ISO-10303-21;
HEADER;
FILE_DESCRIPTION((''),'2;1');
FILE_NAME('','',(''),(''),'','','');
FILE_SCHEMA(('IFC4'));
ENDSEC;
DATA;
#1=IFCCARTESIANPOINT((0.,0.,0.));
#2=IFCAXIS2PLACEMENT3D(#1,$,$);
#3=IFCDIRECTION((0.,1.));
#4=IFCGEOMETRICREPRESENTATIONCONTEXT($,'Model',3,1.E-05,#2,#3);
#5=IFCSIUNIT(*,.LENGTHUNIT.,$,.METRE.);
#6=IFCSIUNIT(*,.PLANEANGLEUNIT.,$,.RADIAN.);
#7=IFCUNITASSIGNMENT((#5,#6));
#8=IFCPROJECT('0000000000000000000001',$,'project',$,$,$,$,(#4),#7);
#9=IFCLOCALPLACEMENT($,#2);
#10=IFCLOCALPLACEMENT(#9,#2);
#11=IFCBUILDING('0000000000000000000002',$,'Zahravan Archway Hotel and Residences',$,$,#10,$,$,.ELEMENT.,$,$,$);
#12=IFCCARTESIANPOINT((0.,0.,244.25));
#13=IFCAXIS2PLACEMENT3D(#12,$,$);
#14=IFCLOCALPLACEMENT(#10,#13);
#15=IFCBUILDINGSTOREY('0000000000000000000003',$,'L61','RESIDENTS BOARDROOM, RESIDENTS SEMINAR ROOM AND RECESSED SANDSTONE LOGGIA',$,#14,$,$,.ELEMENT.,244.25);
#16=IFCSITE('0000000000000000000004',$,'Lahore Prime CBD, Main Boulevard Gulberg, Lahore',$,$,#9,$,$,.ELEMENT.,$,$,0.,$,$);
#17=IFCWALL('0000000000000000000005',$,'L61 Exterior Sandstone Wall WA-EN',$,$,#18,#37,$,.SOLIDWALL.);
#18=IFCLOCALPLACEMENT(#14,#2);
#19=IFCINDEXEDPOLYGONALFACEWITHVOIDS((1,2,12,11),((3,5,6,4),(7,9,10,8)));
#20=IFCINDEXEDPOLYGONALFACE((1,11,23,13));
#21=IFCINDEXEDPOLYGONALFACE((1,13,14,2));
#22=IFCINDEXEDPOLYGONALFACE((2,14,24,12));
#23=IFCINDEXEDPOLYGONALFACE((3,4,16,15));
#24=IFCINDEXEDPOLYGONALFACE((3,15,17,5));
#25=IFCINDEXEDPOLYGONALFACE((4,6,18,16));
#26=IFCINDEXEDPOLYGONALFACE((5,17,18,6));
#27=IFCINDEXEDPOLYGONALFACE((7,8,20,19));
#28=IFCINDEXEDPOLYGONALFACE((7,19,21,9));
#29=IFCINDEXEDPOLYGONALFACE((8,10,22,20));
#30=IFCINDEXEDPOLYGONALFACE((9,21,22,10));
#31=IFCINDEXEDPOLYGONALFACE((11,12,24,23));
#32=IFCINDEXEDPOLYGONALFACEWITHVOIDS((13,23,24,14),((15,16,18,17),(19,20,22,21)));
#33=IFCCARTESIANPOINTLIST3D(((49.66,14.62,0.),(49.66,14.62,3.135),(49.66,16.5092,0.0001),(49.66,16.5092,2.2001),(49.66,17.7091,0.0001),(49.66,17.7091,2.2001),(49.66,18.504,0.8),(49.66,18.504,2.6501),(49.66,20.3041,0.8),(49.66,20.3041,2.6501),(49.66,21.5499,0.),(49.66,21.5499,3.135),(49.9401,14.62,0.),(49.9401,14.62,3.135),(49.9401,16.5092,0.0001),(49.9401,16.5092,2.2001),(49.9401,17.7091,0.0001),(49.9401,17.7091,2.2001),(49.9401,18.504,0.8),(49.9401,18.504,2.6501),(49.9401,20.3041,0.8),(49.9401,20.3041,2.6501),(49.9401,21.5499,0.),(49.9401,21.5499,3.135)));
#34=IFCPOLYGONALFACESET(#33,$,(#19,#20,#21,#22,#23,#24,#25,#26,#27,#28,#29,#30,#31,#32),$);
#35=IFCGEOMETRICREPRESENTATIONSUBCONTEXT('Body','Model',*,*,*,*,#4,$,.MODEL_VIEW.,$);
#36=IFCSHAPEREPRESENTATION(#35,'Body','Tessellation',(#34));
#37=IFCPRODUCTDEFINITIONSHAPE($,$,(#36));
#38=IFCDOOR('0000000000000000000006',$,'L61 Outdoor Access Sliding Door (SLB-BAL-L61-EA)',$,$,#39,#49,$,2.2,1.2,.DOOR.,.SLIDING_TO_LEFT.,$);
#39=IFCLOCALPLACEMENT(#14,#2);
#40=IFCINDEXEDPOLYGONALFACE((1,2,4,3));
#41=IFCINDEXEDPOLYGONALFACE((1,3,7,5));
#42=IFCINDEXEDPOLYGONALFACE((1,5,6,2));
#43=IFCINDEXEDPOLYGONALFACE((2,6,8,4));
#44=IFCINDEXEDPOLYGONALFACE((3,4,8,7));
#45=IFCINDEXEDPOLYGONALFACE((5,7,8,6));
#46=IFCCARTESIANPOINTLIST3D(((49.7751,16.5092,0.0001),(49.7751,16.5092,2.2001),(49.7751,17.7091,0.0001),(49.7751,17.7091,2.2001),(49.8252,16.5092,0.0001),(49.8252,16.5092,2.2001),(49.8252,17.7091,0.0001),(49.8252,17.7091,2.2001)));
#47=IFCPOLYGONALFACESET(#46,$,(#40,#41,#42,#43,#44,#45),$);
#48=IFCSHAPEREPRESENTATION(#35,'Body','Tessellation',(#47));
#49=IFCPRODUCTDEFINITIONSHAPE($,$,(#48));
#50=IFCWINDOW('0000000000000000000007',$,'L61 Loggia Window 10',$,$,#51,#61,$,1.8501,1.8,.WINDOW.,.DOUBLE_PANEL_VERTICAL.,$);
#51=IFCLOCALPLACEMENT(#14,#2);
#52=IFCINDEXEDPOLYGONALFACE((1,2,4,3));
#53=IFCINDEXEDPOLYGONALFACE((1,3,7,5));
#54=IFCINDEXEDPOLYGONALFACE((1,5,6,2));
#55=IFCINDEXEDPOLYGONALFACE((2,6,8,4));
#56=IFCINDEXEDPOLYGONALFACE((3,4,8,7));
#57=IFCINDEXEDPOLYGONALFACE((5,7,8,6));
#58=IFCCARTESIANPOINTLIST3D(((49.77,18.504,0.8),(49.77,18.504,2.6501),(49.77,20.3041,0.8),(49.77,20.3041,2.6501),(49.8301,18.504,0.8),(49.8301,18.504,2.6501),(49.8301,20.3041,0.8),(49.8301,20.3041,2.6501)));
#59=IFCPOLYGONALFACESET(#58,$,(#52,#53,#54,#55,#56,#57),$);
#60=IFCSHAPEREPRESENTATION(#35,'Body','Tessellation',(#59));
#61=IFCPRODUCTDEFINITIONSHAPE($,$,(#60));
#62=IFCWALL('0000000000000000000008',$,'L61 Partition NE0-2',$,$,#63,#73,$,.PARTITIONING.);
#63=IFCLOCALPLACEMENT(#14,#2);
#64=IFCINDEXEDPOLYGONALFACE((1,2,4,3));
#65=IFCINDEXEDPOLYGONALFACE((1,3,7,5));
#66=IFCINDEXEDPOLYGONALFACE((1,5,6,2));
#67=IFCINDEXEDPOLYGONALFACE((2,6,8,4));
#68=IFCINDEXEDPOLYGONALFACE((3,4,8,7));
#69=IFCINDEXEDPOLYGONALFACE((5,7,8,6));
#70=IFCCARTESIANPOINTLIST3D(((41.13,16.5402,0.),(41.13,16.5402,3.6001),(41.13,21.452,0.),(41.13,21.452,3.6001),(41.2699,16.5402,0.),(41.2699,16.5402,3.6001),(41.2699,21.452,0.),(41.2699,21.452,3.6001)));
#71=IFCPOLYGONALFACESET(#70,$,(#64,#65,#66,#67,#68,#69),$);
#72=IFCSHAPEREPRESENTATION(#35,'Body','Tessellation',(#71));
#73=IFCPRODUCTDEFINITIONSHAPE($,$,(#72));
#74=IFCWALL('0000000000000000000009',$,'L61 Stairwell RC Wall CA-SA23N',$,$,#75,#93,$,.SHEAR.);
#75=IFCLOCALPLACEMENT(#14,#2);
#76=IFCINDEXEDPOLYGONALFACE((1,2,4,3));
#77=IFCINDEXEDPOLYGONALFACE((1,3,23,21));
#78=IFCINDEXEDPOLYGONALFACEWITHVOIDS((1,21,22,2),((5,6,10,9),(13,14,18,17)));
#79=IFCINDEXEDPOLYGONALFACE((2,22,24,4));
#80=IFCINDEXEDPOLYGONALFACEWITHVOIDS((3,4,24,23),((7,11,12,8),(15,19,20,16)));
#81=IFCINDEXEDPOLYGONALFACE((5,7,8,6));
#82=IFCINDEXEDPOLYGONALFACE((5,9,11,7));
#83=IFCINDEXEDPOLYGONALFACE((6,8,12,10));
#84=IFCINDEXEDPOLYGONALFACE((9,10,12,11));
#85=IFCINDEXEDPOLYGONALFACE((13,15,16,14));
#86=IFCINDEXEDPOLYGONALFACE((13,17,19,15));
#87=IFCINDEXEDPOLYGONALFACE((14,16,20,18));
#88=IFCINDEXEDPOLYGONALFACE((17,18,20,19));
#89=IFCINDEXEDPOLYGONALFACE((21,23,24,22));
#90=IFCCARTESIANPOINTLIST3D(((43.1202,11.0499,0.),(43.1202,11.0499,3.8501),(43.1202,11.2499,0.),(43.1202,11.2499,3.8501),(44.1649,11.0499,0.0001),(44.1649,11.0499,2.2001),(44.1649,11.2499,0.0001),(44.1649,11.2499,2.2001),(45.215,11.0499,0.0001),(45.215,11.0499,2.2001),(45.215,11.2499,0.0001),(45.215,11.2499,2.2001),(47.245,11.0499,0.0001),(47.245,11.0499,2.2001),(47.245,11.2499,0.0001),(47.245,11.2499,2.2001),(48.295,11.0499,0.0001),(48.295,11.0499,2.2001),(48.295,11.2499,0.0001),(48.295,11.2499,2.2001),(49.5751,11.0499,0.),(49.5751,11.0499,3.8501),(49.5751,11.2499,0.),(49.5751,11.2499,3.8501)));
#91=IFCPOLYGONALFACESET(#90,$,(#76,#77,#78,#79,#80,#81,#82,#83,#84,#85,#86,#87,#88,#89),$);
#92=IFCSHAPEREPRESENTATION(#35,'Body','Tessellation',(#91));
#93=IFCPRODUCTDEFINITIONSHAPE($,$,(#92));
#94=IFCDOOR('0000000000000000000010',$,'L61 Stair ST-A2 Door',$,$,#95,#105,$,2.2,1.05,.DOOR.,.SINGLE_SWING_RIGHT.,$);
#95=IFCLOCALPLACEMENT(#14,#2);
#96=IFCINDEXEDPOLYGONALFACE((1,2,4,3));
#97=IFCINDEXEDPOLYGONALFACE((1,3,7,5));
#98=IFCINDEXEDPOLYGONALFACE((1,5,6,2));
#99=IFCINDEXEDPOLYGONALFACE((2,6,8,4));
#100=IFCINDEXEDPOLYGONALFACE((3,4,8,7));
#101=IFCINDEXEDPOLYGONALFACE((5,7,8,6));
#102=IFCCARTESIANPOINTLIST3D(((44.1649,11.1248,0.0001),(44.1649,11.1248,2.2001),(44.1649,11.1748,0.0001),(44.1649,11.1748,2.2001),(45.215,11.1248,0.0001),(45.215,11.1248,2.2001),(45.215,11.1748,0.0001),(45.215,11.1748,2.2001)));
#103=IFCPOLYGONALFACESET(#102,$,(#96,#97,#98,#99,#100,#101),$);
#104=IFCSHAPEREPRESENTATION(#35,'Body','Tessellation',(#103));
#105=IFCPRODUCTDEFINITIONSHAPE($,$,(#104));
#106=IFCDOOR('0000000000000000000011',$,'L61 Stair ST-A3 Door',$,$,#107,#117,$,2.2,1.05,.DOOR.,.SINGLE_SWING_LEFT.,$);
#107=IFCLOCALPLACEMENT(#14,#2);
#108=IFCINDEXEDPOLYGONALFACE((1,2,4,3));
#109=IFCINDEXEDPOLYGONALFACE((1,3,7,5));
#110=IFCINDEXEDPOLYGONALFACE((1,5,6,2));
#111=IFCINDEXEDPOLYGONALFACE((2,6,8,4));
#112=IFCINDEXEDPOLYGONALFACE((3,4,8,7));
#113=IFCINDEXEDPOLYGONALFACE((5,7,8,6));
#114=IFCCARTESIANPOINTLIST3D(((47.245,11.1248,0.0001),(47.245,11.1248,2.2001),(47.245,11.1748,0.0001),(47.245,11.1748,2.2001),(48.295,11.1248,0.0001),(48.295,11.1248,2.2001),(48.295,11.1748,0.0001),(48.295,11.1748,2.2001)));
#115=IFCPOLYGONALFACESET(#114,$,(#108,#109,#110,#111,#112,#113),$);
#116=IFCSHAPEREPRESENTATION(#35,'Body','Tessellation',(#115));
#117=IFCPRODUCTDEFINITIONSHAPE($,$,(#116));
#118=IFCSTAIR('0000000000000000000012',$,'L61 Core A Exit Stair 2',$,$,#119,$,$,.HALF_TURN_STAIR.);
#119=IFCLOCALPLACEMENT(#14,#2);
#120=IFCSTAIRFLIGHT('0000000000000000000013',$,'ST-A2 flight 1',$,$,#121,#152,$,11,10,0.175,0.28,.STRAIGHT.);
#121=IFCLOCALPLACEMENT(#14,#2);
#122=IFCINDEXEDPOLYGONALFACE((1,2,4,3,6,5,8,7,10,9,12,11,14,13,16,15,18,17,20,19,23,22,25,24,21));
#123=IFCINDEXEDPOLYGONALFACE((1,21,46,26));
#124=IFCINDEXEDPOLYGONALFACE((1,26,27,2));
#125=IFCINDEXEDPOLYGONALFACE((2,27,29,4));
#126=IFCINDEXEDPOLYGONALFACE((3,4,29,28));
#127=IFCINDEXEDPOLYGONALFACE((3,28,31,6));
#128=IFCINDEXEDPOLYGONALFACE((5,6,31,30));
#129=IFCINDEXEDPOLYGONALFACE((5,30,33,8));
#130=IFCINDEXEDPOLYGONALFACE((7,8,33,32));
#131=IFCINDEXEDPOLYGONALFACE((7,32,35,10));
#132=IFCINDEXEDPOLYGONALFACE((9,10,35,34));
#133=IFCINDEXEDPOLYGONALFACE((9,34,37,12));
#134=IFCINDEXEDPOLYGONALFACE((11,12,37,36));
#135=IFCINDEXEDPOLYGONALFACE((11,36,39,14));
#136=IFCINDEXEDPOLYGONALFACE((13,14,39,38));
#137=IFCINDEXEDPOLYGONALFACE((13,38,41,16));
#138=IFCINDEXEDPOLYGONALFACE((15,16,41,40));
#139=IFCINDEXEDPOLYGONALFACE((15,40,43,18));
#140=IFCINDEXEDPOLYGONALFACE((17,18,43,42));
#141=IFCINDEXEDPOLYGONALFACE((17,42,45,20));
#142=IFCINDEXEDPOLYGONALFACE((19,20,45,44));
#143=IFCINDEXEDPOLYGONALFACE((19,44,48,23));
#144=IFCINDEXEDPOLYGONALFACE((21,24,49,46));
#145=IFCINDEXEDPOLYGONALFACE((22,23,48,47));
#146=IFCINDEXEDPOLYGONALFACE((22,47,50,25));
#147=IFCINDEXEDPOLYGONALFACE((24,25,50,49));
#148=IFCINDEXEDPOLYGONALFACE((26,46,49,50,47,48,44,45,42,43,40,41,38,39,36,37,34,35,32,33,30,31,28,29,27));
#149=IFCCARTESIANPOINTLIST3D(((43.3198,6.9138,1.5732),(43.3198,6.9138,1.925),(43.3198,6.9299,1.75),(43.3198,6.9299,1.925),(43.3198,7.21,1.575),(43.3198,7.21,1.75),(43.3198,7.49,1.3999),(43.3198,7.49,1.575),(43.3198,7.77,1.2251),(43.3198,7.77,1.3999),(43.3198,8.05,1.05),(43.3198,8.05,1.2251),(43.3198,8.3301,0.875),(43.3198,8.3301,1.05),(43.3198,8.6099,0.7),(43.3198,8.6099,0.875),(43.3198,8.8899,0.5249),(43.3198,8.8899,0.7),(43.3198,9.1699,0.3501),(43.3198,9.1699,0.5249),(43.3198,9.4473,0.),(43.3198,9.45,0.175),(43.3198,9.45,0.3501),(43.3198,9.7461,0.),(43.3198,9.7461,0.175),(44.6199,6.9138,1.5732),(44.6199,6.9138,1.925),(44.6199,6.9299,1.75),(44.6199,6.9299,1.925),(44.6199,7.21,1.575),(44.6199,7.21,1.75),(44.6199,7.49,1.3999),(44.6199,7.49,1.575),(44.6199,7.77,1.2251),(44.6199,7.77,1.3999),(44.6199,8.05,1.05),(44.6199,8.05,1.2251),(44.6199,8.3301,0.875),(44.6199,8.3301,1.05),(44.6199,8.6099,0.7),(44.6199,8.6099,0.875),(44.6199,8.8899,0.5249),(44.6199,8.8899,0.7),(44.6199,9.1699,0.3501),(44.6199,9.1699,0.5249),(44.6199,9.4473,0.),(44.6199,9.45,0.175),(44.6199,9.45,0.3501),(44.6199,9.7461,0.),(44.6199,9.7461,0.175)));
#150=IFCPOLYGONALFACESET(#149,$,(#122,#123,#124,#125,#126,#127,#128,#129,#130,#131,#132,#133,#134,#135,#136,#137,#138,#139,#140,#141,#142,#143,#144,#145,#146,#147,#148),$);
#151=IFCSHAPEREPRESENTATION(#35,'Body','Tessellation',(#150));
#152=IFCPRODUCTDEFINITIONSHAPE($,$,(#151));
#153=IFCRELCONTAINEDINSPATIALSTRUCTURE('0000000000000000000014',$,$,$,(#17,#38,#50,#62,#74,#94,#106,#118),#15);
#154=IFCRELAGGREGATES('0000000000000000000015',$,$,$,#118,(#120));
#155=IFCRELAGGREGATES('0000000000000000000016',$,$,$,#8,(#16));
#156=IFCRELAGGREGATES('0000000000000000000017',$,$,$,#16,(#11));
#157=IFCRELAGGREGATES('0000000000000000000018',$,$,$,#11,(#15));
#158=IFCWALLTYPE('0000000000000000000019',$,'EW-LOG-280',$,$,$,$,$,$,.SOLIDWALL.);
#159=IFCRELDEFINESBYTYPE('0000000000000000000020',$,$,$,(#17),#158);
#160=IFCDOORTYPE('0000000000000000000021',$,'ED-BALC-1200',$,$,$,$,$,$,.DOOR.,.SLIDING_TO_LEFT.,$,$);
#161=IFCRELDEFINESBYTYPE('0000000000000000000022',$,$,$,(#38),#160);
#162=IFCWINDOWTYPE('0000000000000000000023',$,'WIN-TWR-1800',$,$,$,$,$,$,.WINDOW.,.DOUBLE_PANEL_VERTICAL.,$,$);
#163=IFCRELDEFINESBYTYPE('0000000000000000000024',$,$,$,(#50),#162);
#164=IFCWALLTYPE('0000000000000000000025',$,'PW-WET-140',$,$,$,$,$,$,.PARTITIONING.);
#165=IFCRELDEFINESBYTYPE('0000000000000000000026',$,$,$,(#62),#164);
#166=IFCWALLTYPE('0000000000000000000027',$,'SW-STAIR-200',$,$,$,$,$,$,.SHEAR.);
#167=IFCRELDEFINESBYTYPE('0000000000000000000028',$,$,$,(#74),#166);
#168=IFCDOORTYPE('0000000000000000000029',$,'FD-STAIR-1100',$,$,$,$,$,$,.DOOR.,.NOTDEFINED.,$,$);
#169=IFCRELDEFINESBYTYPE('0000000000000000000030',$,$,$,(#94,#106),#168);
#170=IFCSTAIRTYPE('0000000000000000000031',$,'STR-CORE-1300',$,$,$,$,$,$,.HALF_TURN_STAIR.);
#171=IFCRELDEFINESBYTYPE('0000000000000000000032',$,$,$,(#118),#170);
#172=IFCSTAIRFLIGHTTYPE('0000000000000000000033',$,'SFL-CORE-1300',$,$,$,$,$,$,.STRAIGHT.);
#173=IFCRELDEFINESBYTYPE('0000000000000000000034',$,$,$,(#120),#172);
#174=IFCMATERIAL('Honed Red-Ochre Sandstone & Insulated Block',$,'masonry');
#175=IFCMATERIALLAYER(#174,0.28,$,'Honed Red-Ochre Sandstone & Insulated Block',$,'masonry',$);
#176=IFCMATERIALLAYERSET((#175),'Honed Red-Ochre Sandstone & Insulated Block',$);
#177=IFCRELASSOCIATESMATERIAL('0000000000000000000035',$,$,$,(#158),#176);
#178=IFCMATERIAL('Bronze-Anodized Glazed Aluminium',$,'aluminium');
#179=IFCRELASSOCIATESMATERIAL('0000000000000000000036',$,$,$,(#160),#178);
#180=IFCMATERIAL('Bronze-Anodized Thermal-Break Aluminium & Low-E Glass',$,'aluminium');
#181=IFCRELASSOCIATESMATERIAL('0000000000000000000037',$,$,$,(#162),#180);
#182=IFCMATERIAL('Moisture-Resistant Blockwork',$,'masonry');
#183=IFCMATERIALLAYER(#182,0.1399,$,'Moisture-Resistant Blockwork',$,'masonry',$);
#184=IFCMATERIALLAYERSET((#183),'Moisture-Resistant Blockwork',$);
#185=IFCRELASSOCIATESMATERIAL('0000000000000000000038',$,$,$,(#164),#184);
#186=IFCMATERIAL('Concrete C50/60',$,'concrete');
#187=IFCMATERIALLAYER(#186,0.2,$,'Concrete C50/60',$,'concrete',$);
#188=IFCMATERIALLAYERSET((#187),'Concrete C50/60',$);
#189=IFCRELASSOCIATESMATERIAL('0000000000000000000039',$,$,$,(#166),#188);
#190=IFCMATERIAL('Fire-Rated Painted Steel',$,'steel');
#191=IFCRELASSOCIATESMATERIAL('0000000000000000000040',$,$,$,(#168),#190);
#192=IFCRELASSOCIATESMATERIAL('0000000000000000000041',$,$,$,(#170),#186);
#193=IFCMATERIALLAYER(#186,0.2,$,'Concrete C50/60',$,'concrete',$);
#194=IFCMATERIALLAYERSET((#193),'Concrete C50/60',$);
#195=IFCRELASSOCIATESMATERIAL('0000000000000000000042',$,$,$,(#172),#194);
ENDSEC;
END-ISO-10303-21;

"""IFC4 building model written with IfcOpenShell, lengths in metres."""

from ifc_helpers import new_model, si_unit, direction, frame, frame_2d, origin, place, context, subcontext, project, spatial, polyline, rectangle, outline, extrude, source, transform, mapped, material, layer, layer_set, type_object, type_shapes, element, fill, aggregate, save


model = new_model("IFC4")

# Units and contexts
model_context = context("Model", 3, precision=1e-05, world=origin(), true_north=direction((0.0, 1.0)))
body_context = subcontext(model_context, "Body", "Model", "MODEL_VIEW")
ifc_project = project(units=[si_unit("LENGTHUNIT", "METRE"), si_unit("PLANEANGLEUNIT", "RADIAN")], contexts=[model_context])

# Site, building, storey
site_placement = place(None, origin())
site = spatial("IfcSite", under=ifc_project, at=site_placement, Name="Lahore Prime CBD, Main Boulevard Gulberg, Lahore", CompositionType="ELEMENT", RefElevation=0.0)
building_placement = place(site_placement, origin())
building = spatial("IfcBuilding", under=site, at=building_placement, Name="Zahravan Archway Hotel and Residences", CompositionType="ELEMENT")
storey_placement = place(building_placement, frame((0.0, 0.0, 244.25)))
storey = spatial("IfcBuildingStorey", under=building, at=storey_placement, Name="L61", Description="RESIDENTS BOARDROOM, RESIDENTS SEMINAR ROOM AND RECESSED SANDSTONE LOGGIA", CompositionType="ELEMENT", Elevation=244.25)

# Wall, openings, door, window
ifc_material_1 = material(Name="Honed Red-Ochre Sandstone & Insulated Block", Category="masonry")
ifc_layer_1 = layer(ifc_material_1, 0.28, Name="Honed Red-Ochre Sandstone & Insulated Block", Category="masonry")
ifc_layer_set_1 = layer_set([ifc_layer_1], Name="Honed Red-Ochre Sandstone & Insulated Block")
wall_type_1 = type_object("IfcWallType", Name="EW-LOG-280", PredefinedType="SOLIDWALL", material=ifc_layer_set_1)
wall_1_placement = place(storey_placement, frame((49.8, 14.6201, 0.0), z_axis=(0.0, 0.0, 1.0), x_axis=(0.0, 1.0, 0.0)))
wall_1 = element("IfcWall", 1, at=wall_1_placement, inside=storey, type_object=wall_type_1, Name="L61 Exterior Sandstone Wall WA-EN", PredefinedType="SOLIDWALL", context=body_context, shape_type="SweptSolid", body=[
    extrude(rectangle(XDim=6.9299, YDim=0.28, at=frame_2d((3.4648, 0.0))), origin(), (0.0, 0.0, 1.0), 3.135),
])
opening_1_placement = place(wall_1_placement, frame((1.8889, 0.0, 0.0)))
opening_1 = element("IfcOpeningElement", 2, at=opening_1_placement, cuts=wall_1, PredefinedType="OPENING", context=body_context, shape_type="SweptSolid", body=[
    extrude(rectangle(XDim=1.2, YDim=2.2, at=frame_2d((0.6001, 1.1001))), frame((0.0, 0.1499, 0.0), z_axis=(0.0, -1.0, 0.0), x_axis=(1.0, 0.0, 0.0)), (0.0, 0.0, 1.0), 0.3),
])
opening_2_placement = place(wall_1_placement, frame((3.884, 0.0, 0.8)))
opening_2 = element("IfcOpeningElement", 3, at=opening_2_placement, cuts=wall_1, PredefinedType="OPENING", context=body_context, shape_type="SweptSolid", body=[
    extrude(rectangle(XDim=1.8, YDim=1.8501, at=frame_2d((0.8999, 0.925))), frame((0.0, 0.1499, 0.0), z_axis=(0.0, -1.0, 0.0), x_axis=(1.0, 0.0, 0.0)), (0.0, 0.0, 1.0), 0.3),
])
ifc_material_2 = material(Name="Bronze-Anodized Glazed Aluminium", Category="aluminium")
door_type_1 = type_object("IfcDoorType", Name="ED-BALC-1200", OperationType="SLIDING_TO_LEFT", PredefinedType="DOOR", material=ifc_material_2)
shared_shape_1 = source(origin(), body_context, "Body", "SweptSolid", [
    extrude(rectangle(XDim=1.2, YDim=2.2, at=frame_2d((0.6001, 1.1001))), frame((0.0, 0.0249, 0.0), z_axis=(0.0, -1.0, 0.0), x_axis=(1.0, 0.0, 0.0)), (0.0, 0.0, 1.0), 0.05),
])
type_shapes(door_type_1, [shared_shape_1])
door_1_placement = place(opening_1_placement, origin())
door_1 = element("IfcDoor", 4, at=door_1_placement, inside=storey, type_object=door_type_1, Name="L61 Outdoor Access Sliding Door (SLB-BAL-L61-EA)", OperationType="SLIDING_TO_LEFT", OverallHeight=2.2, OverallWidth=1.2, PredefinedType="DOOR", context=body_context, shape_type="MappedRepresentation", body=[
    mapped(shared_shape_1, transform((0.0, 0.0, 0.0), scale=1.0)),
])
fill(opening_1, door_1)
ifc_material_3 = material(Name="Bronze-Anodized Thermal-Break Aluminium & Low-E Glass", Category="aluminium")
window_type = type_object("IfcWindowType", Name="WIN-TWR-1800", PartitioningType="DOUBLE_PANEL_VERTICAL", PredefinedType="WINDOW", material=ifc_material_3)
shared_shape_2 = source(origin(), body_context, "Body", "SweptSolid", [
    extrude(rectangle(XDim=1.8, YDim=1.8501, at=frame_2d((0.8999, 0.925))), frame((0.0, 0.03, 0.0), z_axis=(0.0, -1.0, 0.0), x_axis=(1.0, 0.0, 0.0)), (0.0, 0.0, 1.0), 0.0601),
])
type_shapes(window_type, [shared_shape_2])
window_placement = place(opening_2_placement, origin())
window = element("IfcWindow", 5, at=window_placement, inside=storey, type_object=window_type, Name="L61 Loggia Window 10", OverallHeight=1.8501, OverallWidth=1.8, PartitioningType="DOUBLE_PANEL_VERTICAL", PredefinedType="WINDOW", context=body_context, shape_type="MappedRepresentation", body=[
    mapped(shared_shape_2, transform((0.0, 0.0, 0.0), scale=1.0)),
])
fill(opening_2, window)

# Shared definitions
ifc_material_4 = material(Name="Fire-Rated Painted Steel", Category="steel")

# Wall
ifc_material_5 = material(Name="Moisture-Resistant Blockwork", Category="masonry")
ifc_layer_2 = layer(ifc_material_5, 0.1399, Name="Moisture-Resistant Blockwork", Category="masonry")
ifc_layer_set_2 = layer_set([ifc_layer_2], Name="Moisture-Resistant Blockwork")
wall_type_2 = type_object("IfcWallType", Name="PW-WET-140", PredefinedType="PARTITIONING", material=ifc_layer_set_2)
wall_2_placement = place(storey_placement, frame((41.2, 16.54, 0.0), z_axis=(0.0, 0.0, 1.0), x_axis=(0.0, 1.0, 0.0)))
element("IfcWall", 6, at=wall_2_placement, inside=storey, type_object=wall_type_2, Name="L61 Partition NE0-2", PredefinedType="PARTITIONING", context=body_context, shape_type="SweptSolid", body=[
    extrude(rectangle(XDim=4.9119, YDim=0.1399, at=frame_2d((2.4561, 0.0))), origin(), (0.0, 0.0, 1.0), 3.6001),
])

# Wall, openings, doors
ifc_material_6 = material(Name="Concrete C50/60", Category="concrete")
ifc_layer_3 = layer(ifc_material_6, 0.2, Name="Concrete C50/60", Category="concrete")
ifc_layer_set_3 = layer_set([ifc_layer_3], Name="Concrete C50/60")
wall_type_3 = type_object("IfcWallType", Name="SW-STAIR-200", PredefinedType="SHEAR", material=ifc_layer_set_3)
wall_3_placement = place(storey_placement, frame((43.1201, 11.1499, 0.0), z_axis=(0.0, 0.0, 1.0), x_axis=(1.0, 0.0, 0.0)))
wall_3 = element("IfcWall", 7, at=wall_3_placement, inside=storey, type_object=wall_type_3, Name="L61 Stairwell RC Wall CA-SA23N", PredefinedType="SHEAR", context=body_context, shape_type="SweptSolid", body=[
    extrude(rectangle(XDim=6.4548, YDim=0.2, at=frame_2d((3.2275, 0.0))), origin(), (0.0, 0.0, 1.0), 3.8501),
])
opening_3_placement = place(wall_3_placement, frame((1.0449, 0.0, 0.0)))
opening_3 = element("IfcOpeningElement", 8, at=opening_3_placement, cuts=wall_3, PredefinedType="OPENING", context=body_context, shape_type="SweptSolid", body=[
    extrude(rectangle(XDim=1.05, YDim=2.2, at=frame_2d((0.5249, 1.1001))), frame((0.0, 0.1099, 0.0), z_axis=(0.0, -1.0, 0.0), x_axis=(1.0, 0.0, 0.0)), (0.0, 0.0, 1.0), 0.22),
])
opening_4_placement = place(wall_3_placement, frame((4.125, 0.0, 0.0)))
opening_4 = element("IfcOpeningElement", 9, at=opening_4_placement, cuts=wall_3, PredefinedType="OPENING", context=body_context, shape_type="SweptSolid", body=[
    extrude(rectangle(XDim=1.05, YDim=2.2, at=frame_2d((0.5249, 1.1001))), frame((0.0, 0.1099, 0.0), z_axis=(0.0, -1.0, 0.0), x_axis=(1.0, 0.0, 0.0)), (0.0, 0.0, 1.0), 0.22),
])
door_type_2 = type_object("IfcDoorType", Name="FD-STAIR-1100", OperationType="NOTDEFINED", PredefinedType="DOOR", material=ifc_material_4)
shared_shape_3 = source(origin(), body_context, "Body", "SweptSolid", [
    extrude(rectangle(XDim=1.05, YDim=2.2, at=frame_2d((0.5249, 1.1001))), frame((0.0, 0.0249, 0.0), z_axis=(0.0, -1.0, 0.0), x_axis=(1.0, 0.0, 0.0)), (0.0, 0.0, 1.0), 0.05),
])
type_shapes(door_type_2, [shared_shape_3])
door_2_placement = place(opening_3_placement, origin())
door_2 = element("IfcDoor", 10, at=door_2_placement, inside=storey, type_object=door_type_2, Name="L61 Stair ST-A2 Door", OperationType="SINGLE_SWING_RIGHT", OverallHeight=2.2, OverallWidth=1.05, PredefinedType="DOOR", context=body_context, shape_type="MappedRepresentation", body=[
    mapped(shared_shape_3, transform((0.0, 0.0, 0.0), scale=1.0)),
])
fill(opening_3, door_2)
door_3_placement = place(opening_4_placement, origin())
door_3 = element("IfcDoor", 11, at=door_3_placement, inside=storey, type_object=door_type_2, Name="L61 Stair ST-A3 Door", OperationType="SINGLE_SWING_LEFT", OverallHeight=2.2, OverallWidth=1.05, PredefinedType="DOOR", context=body_context, shape_type="MappedRepresentation", body=[
    mapped(shared_shape_3, transform((0.0, 0.0, 0.0), scale=1.0)),
])
fill(opening_4, door_3)

# Stair, stair flight
stair_type = type_object("IfcStairType", Name="STR-CORE-1300", PredefinedType="HALF_TURN_STAIR", material=ifc_material_6)
stair_1_placement = place(storey_placement, origin())
stair_1 = element("IfcStair", 12, at=stair_1_placement, inside=storey, type_object=stair_type, Name="L61 Core A Exit Stair 2", PredefinedType="HALF_TURN_STAIR")
ifc_layer_4 = layer(ifc_material_6, 0.2, Name="Concrete C50/60", Category="concrete")
ifc_layer_set_4 = layer_set([ifc_layer_4], Name="Concrete C50/60")
stair_flight_type = type_object("IfcStairFlightType", Name="SFL-CORE-1300", PredefinedType="STRAIGHT", material=ifc_layer_set_4)
shared_shape_4 = source(origin(), body_context, "Body", "SweptSolid", [
    extrude(outline(polyline([(-0.0161, 0.0), (-0.0161, 0.175), (0.28, 0.175), (0.28, 0.3501), (0.5601, 0.3501), (0.5601, 0.5249), (0.8401, 0.5249), (0.8401, 0.7), (1.1201, 0.7), (1.1201, 0.875), (1.3999, 0.875), (1.3999, 1.05), (1.6799, 1.05), (1.6799, 1.2251), (1.96, 1.2251), (1.96, 1.3999), (2.24, 1.3999), (2.24, 1.575), (2.52, 1.575), (2.52, 1.75), (2.8, 1.75), (2.8, 1.925), (2.8162, 1.925), (2.8162, 1.5732), (0.2827, 0.0), (-0.0161, 0.0)])), frame((0.0, 0.6499, 0.0), z_axis=(0.0, -1.0, 0.0), x_axis=(1.0, 0.0, 0.0)), (0.0, 0.0, 1.0), 1.3),
])
stair_flight_1_placement = place(storey_placement, frame((43.97, 9.73, 0.0), z_axis=(0.0, 0.0, 1.0), x_axis=(0.0, -1.0, 0.0)))
stair_flight_1 = element("IfcStairFlight", 13, at=stair_flight_1_placement, type_object=stair_flight_type, Name="ST-A2 flight 1", NumberOfRisers=11, NumberOfTreads=10, PredefinedType="STRAIGHT", RiserHeight=0.175, TreadLength=0.28, context=body_context, shape_type="MappedRepresentation", body=[
    mapped(shared_shape_4, transform((0.0, 0.0, 0.0), scale=1.0)),
])
aggregate(stair_1, [stair_flight_1])

save(model, "model.ifc")
